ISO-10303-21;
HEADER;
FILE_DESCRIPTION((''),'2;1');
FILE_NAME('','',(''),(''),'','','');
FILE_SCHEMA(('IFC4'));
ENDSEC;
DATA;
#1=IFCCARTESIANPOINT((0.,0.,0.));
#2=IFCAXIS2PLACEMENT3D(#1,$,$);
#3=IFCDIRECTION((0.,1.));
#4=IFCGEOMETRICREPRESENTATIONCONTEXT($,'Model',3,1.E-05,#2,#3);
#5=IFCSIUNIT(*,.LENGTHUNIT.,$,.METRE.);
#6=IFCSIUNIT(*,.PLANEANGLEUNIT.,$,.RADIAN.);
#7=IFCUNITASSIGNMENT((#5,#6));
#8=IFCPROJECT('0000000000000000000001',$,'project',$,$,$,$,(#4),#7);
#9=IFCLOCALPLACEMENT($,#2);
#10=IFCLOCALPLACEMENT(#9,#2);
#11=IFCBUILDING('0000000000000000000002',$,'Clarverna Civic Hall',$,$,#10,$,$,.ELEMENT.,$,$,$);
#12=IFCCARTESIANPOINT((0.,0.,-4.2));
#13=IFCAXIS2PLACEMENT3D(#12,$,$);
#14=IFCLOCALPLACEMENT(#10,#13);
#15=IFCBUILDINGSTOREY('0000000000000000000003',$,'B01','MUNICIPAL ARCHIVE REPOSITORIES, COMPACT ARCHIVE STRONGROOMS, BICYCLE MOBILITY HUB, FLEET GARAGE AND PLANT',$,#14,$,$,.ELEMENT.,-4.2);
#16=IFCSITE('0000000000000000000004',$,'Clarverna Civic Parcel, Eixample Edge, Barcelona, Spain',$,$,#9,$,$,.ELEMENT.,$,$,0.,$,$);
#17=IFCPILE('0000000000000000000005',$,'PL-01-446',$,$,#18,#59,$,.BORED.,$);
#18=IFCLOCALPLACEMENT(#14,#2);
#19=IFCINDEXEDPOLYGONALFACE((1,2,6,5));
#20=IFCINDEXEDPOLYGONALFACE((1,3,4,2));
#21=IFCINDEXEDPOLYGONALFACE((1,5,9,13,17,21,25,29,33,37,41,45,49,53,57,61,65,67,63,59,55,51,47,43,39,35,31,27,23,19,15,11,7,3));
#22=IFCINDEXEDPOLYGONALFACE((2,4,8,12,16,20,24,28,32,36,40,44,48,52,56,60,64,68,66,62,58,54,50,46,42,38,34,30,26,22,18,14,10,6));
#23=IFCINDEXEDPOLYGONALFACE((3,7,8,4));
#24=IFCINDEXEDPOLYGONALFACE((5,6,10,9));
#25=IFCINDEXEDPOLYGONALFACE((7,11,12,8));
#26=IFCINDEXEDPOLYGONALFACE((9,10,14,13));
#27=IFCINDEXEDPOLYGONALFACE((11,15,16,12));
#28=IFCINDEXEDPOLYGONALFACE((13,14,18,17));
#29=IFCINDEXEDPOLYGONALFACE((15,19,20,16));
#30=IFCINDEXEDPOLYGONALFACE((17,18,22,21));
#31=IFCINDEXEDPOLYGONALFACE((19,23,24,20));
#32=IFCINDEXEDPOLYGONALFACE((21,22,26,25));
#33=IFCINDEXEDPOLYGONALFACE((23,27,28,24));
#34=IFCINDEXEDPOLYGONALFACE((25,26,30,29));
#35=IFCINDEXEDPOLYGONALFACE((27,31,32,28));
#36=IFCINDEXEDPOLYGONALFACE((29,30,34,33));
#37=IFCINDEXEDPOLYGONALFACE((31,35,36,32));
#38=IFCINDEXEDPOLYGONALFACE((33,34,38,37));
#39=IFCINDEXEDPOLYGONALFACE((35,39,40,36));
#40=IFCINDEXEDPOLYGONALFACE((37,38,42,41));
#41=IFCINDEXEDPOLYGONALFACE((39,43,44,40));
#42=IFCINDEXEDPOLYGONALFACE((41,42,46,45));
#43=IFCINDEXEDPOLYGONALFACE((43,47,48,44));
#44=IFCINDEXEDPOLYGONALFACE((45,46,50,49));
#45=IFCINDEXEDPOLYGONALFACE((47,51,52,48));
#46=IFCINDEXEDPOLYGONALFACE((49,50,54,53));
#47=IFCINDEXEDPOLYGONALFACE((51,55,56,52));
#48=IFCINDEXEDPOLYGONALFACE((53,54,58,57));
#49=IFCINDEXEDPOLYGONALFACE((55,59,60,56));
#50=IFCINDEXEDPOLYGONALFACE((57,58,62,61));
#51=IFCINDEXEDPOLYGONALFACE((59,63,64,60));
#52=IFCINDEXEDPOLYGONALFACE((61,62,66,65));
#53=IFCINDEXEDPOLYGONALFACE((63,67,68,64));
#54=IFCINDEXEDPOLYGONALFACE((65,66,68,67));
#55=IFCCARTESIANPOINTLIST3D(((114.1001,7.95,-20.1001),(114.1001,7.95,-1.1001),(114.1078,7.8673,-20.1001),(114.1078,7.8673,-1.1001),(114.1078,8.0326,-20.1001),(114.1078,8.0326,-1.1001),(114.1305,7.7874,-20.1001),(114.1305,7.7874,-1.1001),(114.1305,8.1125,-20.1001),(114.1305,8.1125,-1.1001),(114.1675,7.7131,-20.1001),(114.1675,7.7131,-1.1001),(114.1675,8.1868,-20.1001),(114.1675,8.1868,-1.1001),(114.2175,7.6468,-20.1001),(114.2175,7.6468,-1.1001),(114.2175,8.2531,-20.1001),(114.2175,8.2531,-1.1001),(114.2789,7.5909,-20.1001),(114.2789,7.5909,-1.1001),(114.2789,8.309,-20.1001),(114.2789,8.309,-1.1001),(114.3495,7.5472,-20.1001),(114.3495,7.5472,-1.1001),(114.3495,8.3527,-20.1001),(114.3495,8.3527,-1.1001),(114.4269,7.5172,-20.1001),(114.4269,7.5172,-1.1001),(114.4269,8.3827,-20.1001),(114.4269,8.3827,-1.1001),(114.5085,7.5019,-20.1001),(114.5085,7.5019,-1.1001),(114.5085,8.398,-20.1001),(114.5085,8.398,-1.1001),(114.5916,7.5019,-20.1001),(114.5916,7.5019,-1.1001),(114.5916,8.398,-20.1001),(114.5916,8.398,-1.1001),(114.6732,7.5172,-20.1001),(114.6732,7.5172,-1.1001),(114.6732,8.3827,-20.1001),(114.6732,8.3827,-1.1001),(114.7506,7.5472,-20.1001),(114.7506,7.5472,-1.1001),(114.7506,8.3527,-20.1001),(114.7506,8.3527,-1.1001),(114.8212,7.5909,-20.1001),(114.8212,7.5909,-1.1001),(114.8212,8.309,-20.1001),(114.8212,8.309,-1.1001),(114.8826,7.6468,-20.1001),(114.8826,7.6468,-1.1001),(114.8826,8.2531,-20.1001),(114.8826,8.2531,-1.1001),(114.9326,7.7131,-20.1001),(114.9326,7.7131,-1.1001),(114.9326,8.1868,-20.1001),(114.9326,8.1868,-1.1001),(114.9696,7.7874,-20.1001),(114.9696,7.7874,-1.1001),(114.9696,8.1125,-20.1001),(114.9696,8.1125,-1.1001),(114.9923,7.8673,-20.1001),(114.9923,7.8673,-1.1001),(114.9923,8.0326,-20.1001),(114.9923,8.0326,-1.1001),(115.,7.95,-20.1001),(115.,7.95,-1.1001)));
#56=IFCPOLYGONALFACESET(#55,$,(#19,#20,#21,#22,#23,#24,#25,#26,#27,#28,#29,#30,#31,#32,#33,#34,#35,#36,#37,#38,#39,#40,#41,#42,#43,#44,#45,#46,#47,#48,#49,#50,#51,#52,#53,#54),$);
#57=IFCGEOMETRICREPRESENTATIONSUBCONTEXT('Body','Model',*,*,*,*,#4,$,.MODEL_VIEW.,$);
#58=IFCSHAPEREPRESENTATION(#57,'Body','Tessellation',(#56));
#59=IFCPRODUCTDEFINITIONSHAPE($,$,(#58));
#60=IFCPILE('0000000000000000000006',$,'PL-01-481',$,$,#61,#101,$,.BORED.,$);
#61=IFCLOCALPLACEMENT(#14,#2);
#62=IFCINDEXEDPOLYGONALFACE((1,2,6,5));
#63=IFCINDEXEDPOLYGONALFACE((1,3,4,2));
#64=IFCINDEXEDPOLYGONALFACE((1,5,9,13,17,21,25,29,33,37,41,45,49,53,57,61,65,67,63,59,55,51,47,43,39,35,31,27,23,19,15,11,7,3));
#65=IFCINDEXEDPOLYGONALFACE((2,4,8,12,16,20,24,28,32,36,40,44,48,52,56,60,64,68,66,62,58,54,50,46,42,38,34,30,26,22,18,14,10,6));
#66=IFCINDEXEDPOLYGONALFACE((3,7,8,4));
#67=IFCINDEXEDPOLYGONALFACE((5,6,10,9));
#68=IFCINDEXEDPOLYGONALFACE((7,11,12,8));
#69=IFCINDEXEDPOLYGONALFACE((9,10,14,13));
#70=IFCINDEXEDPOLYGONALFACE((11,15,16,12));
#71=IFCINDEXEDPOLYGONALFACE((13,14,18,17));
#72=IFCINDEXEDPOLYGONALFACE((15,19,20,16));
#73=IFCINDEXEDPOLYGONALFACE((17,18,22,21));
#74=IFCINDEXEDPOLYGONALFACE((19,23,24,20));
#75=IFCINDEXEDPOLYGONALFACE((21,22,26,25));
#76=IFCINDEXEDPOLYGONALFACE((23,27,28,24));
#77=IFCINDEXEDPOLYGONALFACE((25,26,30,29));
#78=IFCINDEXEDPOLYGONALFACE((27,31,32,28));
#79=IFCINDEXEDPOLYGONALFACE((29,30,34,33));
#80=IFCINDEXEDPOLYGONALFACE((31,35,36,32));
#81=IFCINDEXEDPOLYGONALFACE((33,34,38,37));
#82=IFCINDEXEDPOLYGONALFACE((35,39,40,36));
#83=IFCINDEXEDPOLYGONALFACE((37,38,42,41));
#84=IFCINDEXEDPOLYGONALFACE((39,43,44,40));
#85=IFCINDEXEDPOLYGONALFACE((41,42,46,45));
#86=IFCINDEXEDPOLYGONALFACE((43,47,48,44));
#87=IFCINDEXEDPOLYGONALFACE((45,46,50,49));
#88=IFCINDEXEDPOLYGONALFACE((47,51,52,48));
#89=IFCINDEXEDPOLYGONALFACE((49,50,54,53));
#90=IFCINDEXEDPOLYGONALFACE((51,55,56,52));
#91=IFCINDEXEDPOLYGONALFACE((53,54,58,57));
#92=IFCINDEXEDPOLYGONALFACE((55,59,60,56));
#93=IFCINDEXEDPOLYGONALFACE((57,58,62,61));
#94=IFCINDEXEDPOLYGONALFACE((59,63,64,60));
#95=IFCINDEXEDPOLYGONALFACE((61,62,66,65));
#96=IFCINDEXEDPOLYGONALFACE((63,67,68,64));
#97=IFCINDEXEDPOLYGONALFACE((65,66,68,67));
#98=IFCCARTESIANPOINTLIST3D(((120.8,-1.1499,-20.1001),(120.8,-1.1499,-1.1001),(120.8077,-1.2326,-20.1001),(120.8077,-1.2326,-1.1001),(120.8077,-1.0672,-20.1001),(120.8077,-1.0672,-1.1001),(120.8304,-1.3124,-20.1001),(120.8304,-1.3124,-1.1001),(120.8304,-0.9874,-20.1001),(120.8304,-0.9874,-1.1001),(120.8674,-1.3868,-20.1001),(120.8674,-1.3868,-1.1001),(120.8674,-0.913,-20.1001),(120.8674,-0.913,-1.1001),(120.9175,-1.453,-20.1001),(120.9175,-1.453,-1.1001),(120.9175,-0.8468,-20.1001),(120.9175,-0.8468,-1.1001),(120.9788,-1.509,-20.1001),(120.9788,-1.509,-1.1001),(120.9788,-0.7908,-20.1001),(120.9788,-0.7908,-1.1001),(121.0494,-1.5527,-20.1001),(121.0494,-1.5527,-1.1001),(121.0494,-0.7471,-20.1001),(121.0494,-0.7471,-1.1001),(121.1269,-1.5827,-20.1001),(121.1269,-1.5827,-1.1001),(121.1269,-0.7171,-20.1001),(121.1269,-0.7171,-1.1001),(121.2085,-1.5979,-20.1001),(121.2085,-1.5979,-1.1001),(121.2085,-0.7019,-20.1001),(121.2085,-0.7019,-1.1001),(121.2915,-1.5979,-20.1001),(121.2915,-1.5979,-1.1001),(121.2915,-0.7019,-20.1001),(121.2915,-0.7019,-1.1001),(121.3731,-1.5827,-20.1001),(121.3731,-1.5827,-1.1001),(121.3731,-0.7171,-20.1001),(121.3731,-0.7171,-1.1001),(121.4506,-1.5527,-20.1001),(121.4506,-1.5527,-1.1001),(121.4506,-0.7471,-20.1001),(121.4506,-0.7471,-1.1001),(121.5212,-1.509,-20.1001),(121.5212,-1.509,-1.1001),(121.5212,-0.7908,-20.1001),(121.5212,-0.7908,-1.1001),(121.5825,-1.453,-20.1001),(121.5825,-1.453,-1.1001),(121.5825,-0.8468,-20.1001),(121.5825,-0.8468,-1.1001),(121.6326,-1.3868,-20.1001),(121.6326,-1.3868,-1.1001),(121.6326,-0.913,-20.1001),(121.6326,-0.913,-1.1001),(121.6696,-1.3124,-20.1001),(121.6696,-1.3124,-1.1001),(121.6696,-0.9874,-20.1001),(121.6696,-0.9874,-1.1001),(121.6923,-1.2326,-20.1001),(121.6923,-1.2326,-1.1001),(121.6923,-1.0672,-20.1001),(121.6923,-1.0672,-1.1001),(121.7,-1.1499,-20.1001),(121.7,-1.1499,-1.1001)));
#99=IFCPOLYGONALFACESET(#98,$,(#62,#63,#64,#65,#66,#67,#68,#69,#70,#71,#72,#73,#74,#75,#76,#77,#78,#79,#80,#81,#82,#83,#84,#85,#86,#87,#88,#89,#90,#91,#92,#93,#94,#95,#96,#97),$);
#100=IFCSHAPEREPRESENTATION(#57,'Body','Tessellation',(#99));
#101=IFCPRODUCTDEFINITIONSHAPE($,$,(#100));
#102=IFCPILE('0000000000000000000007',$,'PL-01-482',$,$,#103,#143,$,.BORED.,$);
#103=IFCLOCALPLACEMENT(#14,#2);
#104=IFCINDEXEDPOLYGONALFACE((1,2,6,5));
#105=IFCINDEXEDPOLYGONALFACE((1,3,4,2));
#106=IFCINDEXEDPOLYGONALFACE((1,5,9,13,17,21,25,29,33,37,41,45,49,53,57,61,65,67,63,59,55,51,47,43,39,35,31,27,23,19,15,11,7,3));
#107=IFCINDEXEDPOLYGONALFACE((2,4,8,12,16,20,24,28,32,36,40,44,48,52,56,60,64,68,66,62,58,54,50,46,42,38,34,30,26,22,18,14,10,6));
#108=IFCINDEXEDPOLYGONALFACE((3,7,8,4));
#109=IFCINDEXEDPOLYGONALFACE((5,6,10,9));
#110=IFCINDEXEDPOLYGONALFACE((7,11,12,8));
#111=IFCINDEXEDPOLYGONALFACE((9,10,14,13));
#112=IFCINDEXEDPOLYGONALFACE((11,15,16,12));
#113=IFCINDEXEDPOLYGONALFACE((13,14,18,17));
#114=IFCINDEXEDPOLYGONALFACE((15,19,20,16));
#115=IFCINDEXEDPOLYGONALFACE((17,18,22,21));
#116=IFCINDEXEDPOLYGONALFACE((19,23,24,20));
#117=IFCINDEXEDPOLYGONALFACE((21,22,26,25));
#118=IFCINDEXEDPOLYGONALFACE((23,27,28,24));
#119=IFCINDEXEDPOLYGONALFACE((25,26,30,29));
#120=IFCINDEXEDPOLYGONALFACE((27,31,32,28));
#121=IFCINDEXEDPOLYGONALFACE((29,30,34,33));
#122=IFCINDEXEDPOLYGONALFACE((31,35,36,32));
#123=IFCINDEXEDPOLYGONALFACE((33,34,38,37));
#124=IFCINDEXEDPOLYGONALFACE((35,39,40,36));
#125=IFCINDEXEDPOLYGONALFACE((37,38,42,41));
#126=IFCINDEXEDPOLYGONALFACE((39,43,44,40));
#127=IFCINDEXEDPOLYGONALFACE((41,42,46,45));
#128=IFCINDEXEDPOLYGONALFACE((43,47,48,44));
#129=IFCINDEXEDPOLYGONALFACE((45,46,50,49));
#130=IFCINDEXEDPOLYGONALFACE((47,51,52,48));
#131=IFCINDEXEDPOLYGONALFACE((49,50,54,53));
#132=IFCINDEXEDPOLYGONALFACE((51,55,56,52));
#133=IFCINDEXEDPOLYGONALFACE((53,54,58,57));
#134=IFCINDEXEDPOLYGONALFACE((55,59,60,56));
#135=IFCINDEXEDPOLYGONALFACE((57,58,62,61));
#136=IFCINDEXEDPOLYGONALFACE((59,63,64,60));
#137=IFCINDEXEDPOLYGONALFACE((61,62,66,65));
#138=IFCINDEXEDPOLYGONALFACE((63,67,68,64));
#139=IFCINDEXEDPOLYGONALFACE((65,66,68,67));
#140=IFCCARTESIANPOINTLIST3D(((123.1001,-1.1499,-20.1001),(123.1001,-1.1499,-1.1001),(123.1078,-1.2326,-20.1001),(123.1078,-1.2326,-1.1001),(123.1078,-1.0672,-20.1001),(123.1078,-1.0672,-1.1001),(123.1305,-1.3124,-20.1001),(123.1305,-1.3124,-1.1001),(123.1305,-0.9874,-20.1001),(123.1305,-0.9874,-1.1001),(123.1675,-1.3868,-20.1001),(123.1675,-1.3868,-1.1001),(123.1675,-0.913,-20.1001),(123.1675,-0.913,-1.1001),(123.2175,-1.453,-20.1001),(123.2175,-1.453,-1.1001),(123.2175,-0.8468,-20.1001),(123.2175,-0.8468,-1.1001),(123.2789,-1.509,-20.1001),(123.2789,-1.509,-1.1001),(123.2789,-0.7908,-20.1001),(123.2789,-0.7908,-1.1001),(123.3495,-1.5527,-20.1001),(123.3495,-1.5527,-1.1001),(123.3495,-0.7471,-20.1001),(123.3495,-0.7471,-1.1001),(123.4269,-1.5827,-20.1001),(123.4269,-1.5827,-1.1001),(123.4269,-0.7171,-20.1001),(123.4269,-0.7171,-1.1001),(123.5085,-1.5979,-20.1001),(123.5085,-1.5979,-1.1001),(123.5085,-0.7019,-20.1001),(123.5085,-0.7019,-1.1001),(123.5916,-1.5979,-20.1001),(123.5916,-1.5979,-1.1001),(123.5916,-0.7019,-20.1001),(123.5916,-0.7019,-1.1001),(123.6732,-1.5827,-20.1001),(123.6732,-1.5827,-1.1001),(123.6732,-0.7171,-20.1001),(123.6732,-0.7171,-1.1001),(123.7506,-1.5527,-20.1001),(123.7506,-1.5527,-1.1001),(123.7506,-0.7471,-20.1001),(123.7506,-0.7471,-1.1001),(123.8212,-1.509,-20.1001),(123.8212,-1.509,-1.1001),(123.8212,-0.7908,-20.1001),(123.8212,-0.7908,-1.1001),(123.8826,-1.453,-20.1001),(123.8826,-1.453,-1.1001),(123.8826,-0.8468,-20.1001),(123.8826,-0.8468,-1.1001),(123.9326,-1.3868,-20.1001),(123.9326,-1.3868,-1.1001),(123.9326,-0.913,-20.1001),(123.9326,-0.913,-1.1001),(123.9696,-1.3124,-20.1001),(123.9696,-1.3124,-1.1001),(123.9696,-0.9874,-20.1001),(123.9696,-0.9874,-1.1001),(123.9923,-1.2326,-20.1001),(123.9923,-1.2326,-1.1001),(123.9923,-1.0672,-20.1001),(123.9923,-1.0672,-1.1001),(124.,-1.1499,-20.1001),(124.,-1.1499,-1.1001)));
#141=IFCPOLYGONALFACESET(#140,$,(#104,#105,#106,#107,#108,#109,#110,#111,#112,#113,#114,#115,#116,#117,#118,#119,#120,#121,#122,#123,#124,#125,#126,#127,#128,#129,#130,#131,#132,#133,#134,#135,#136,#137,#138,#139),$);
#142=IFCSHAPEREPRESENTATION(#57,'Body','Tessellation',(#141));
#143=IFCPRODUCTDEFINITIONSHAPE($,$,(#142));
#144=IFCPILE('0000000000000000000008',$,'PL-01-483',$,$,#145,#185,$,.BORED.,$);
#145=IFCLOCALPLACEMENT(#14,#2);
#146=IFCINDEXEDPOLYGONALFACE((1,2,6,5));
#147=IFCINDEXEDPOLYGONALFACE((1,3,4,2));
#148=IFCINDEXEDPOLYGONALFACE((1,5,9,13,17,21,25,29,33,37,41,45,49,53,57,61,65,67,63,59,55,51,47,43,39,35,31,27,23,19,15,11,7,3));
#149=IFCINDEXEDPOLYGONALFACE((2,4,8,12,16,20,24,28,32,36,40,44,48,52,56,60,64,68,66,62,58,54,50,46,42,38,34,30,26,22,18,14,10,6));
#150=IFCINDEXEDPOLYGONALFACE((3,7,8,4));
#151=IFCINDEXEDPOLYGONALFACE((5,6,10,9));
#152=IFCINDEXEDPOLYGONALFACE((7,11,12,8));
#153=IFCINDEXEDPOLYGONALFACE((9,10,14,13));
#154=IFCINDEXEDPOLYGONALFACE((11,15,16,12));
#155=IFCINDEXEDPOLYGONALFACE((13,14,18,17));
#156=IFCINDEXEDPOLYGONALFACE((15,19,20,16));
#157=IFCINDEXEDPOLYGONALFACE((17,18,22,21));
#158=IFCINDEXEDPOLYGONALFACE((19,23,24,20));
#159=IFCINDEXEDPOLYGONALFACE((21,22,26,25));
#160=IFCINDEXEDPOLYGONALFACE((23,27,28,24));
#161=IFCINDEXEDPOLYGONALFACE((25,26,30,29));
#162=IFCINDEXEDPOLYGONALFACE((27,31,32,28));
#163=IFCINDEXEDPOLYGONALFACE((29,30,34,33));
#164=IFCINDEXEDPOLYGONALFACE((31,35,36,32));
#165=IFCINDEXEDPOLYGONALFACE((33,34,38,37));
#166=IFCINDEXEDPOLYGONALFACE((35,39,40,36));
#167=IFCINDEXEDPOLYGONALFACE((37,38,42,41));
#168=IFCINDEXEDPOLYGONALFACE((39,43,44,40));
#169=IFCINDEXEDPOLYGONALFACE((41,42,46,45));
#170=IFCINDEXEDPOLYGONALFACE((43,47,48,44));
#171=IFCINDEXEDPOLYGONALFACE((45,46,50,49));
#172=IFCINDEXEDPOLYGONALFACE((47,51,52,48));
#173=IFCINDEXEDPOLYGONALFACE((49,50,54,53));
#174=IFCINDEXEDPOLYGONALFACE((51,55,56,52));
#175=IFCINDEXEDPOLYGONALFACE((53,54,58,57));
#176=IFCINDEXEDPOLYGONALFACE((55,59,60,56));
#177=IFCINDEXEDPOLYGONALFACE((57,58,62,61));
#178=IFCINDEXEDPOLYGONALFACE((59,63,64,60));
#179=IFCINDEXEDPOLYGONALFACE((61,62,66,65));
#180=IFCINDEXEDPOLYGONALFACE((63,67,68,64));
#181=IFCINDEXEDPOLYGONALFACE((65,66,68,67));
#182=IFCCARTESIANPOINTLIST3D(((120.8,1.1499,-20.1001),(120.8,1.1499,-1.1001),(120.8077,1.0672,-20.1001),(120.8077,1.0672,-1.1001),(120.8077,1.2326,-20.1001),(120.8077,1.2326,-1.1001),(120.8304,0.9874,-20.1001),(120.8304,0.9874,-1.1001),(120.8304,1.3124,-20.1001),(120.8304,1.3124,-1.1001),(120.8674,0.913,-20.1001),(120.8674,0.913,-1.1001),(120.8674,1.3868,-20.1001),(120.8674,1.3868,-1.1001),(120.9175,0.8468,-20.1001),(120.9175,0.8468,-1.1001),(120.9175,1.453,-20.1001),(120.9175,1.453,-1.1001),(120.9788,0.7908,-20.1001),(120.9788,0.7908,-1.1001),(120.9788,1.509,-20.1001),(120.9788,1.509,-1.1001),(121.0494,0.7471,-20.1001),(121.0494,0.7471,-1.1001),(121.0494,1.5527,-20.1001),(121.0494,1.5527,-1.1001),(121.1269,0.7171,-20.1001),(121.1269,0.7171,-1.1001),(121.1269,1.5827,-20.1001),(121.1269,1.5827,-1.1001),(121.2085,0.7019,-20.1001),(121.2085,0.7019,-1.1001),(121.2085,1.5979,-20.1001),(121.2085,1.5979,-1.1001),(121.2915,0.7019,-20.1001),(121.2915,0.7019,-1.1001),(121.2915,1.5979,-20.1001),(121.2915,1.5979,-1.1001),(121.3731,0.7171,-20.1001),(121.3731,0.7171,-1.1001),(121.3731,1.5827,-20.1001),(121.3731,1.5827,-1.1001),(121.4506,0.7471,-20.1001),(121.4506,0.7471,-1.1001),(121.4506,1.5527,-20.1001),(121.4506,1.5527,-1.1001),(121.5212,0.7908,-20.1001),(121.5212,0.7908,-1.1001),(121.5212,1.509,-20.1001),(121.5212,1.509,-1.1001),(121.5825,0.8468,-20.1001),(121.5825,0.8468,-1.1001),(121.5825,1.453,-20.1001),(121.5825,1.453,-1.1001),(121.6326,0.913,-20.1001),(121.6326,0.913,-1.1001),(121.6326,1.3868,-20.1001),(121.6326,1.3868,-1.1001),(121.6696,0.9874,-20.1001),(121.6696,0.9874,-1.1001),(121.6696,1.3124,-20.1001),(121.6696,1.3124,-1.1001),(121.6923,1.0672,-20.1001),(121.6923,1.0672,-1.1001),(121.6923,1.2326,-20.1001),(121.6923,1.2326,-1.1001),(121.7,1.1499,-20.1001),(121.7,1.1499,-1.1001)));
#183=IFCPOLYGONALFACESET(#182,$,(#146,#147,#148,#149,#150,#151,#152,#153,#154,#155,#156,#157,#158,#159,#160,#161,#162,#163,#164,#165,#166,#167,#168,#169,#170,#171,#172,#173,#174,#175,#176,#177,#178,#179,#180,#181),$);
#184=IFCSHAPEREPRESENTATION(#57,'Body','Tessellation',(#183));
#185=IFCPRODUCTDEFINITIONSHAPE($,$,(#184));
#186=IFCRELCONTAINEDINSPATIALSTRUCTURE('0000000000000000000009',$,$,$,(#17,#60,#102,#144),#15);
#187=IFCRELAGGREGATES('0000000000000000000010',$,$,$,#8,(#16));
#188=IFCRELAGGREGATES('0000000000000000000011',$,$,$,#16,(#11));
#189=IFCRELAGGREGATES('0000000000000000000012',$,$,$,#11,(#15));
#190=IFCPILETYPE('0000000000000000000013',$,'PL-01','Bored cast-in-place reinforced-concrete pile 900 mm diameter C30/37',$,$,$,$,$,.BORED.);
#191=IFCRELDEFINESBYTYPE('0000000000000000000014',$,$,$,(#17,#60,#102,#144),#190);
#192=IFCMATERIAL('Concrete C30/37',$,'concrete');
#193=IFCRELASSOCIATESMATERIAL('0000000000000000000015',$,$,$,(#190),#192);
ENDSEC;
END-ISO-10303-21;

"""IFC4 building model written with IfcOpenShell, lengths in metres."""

from ifc_helpers import new_model, si_unit, direction, frame, origin, origin_2d, place, context, subcontext, project, spatial, circle, extrude, material, material_profile, profile_set, type_object, element, save


model = new_model("IFC4")

# Units and contexts
model_context = context("Model", 3, precision=1e-05, world=origin(), true_north=direction((0.0, 1.0)))
body_context = subcontext(model_context, "Body", "Model", "MODEL_VIEW")
ifc_project = project(units=[si_unit("LENGTHUNIT", "METRE"), si_unit("PLANEANGLEUNIT", "RADIAN")], contexts=[model_context])

# Site, building, storey
site_placement = place(None, origin())
site = spatial("IfcSite", under=ifc_project, at=site_placement, Name="Clarverna Civic Parcel, Eixample Edge, Barcelona, Spain", CompositionType="ELEMENT", RefElevation=0.0)
building_placement = place(site_placement, origin())
building = spatial("IfcBuilding", under=site, at=building_placement, Name="Clarverna Civic Hall", CompositionType="ELEMENT")
storey_placement = place(building_placement, frame((0.0, 0.0, -4.2)))
storey = spatial("IfcBuildingStorey", under=building, at=storey_placement, Name="B01", Description="MUNICIPAL ARCHIVE REPOSITORIES, COMPACT ARCHIVE STRONGROOMS, BICYCLE MOBILITY HUB, FLEET GARAGE AND PLANT", CompositionType="ELEMENT", Elevation=-4.2)

# Shared definitions
ifc_material_1 = material(Name="Concrete C30/37", Category="concrete")

# Piles
ifc_material_profile_1 = material_profile(ifc_material_1, circle(Radius=0.45, at=origin_2d()), Name="BORED PILE D900")
ifc_profile_set_1 = profile_set([ifc_material_profile_1], Name="Concrete C30/37")
pile_type = type_object("IfcPileType", Name="PL-01", Description="Bored cast-in-place reinforced-concrete pile 900 mm diameter C30/37", PredefinedType="BORED", material=ifc_profile_set_1)
for number, where, z_axis, x_axis, name in (
    (1, (114.55, 7.95, -1.1001), (0.0, 0.0, -1.0), (1.0, 0.0, 0.0), "PL-01-446"),
    (2, (121.25, -1.1499, -1.1001), (0.0, 0.0, -1.0), (1.0, 0.0, 0.0), "PL-01-481"),
    (3, (123.55, -1.1499, -1.1001), (0.0, 0.0, -1.0), (1.0, 0.0, 0.0), "PL-01-482"),
    (4, (121.25, 1.1499, -1.1001), (0.0, 0.0, -1.0), (1.0, 0.0, 0.0), "PL-01-483"),
):
    element("IfcPile", number, at=place(storey_placement, frame(where, z_axis=z_axis, x_axis=x_axis)), inside=storey, type_object=pile_type, Name=name, PredefinedType="BORED", context=body_context, shape_type="SweptSolid", body=[
        extrude(circle(Radius=0.45, at=origin_2d()), origin(), (0.0, 0.0, 1.0), 19.0),
    ])

save(model, "model.ifc")
